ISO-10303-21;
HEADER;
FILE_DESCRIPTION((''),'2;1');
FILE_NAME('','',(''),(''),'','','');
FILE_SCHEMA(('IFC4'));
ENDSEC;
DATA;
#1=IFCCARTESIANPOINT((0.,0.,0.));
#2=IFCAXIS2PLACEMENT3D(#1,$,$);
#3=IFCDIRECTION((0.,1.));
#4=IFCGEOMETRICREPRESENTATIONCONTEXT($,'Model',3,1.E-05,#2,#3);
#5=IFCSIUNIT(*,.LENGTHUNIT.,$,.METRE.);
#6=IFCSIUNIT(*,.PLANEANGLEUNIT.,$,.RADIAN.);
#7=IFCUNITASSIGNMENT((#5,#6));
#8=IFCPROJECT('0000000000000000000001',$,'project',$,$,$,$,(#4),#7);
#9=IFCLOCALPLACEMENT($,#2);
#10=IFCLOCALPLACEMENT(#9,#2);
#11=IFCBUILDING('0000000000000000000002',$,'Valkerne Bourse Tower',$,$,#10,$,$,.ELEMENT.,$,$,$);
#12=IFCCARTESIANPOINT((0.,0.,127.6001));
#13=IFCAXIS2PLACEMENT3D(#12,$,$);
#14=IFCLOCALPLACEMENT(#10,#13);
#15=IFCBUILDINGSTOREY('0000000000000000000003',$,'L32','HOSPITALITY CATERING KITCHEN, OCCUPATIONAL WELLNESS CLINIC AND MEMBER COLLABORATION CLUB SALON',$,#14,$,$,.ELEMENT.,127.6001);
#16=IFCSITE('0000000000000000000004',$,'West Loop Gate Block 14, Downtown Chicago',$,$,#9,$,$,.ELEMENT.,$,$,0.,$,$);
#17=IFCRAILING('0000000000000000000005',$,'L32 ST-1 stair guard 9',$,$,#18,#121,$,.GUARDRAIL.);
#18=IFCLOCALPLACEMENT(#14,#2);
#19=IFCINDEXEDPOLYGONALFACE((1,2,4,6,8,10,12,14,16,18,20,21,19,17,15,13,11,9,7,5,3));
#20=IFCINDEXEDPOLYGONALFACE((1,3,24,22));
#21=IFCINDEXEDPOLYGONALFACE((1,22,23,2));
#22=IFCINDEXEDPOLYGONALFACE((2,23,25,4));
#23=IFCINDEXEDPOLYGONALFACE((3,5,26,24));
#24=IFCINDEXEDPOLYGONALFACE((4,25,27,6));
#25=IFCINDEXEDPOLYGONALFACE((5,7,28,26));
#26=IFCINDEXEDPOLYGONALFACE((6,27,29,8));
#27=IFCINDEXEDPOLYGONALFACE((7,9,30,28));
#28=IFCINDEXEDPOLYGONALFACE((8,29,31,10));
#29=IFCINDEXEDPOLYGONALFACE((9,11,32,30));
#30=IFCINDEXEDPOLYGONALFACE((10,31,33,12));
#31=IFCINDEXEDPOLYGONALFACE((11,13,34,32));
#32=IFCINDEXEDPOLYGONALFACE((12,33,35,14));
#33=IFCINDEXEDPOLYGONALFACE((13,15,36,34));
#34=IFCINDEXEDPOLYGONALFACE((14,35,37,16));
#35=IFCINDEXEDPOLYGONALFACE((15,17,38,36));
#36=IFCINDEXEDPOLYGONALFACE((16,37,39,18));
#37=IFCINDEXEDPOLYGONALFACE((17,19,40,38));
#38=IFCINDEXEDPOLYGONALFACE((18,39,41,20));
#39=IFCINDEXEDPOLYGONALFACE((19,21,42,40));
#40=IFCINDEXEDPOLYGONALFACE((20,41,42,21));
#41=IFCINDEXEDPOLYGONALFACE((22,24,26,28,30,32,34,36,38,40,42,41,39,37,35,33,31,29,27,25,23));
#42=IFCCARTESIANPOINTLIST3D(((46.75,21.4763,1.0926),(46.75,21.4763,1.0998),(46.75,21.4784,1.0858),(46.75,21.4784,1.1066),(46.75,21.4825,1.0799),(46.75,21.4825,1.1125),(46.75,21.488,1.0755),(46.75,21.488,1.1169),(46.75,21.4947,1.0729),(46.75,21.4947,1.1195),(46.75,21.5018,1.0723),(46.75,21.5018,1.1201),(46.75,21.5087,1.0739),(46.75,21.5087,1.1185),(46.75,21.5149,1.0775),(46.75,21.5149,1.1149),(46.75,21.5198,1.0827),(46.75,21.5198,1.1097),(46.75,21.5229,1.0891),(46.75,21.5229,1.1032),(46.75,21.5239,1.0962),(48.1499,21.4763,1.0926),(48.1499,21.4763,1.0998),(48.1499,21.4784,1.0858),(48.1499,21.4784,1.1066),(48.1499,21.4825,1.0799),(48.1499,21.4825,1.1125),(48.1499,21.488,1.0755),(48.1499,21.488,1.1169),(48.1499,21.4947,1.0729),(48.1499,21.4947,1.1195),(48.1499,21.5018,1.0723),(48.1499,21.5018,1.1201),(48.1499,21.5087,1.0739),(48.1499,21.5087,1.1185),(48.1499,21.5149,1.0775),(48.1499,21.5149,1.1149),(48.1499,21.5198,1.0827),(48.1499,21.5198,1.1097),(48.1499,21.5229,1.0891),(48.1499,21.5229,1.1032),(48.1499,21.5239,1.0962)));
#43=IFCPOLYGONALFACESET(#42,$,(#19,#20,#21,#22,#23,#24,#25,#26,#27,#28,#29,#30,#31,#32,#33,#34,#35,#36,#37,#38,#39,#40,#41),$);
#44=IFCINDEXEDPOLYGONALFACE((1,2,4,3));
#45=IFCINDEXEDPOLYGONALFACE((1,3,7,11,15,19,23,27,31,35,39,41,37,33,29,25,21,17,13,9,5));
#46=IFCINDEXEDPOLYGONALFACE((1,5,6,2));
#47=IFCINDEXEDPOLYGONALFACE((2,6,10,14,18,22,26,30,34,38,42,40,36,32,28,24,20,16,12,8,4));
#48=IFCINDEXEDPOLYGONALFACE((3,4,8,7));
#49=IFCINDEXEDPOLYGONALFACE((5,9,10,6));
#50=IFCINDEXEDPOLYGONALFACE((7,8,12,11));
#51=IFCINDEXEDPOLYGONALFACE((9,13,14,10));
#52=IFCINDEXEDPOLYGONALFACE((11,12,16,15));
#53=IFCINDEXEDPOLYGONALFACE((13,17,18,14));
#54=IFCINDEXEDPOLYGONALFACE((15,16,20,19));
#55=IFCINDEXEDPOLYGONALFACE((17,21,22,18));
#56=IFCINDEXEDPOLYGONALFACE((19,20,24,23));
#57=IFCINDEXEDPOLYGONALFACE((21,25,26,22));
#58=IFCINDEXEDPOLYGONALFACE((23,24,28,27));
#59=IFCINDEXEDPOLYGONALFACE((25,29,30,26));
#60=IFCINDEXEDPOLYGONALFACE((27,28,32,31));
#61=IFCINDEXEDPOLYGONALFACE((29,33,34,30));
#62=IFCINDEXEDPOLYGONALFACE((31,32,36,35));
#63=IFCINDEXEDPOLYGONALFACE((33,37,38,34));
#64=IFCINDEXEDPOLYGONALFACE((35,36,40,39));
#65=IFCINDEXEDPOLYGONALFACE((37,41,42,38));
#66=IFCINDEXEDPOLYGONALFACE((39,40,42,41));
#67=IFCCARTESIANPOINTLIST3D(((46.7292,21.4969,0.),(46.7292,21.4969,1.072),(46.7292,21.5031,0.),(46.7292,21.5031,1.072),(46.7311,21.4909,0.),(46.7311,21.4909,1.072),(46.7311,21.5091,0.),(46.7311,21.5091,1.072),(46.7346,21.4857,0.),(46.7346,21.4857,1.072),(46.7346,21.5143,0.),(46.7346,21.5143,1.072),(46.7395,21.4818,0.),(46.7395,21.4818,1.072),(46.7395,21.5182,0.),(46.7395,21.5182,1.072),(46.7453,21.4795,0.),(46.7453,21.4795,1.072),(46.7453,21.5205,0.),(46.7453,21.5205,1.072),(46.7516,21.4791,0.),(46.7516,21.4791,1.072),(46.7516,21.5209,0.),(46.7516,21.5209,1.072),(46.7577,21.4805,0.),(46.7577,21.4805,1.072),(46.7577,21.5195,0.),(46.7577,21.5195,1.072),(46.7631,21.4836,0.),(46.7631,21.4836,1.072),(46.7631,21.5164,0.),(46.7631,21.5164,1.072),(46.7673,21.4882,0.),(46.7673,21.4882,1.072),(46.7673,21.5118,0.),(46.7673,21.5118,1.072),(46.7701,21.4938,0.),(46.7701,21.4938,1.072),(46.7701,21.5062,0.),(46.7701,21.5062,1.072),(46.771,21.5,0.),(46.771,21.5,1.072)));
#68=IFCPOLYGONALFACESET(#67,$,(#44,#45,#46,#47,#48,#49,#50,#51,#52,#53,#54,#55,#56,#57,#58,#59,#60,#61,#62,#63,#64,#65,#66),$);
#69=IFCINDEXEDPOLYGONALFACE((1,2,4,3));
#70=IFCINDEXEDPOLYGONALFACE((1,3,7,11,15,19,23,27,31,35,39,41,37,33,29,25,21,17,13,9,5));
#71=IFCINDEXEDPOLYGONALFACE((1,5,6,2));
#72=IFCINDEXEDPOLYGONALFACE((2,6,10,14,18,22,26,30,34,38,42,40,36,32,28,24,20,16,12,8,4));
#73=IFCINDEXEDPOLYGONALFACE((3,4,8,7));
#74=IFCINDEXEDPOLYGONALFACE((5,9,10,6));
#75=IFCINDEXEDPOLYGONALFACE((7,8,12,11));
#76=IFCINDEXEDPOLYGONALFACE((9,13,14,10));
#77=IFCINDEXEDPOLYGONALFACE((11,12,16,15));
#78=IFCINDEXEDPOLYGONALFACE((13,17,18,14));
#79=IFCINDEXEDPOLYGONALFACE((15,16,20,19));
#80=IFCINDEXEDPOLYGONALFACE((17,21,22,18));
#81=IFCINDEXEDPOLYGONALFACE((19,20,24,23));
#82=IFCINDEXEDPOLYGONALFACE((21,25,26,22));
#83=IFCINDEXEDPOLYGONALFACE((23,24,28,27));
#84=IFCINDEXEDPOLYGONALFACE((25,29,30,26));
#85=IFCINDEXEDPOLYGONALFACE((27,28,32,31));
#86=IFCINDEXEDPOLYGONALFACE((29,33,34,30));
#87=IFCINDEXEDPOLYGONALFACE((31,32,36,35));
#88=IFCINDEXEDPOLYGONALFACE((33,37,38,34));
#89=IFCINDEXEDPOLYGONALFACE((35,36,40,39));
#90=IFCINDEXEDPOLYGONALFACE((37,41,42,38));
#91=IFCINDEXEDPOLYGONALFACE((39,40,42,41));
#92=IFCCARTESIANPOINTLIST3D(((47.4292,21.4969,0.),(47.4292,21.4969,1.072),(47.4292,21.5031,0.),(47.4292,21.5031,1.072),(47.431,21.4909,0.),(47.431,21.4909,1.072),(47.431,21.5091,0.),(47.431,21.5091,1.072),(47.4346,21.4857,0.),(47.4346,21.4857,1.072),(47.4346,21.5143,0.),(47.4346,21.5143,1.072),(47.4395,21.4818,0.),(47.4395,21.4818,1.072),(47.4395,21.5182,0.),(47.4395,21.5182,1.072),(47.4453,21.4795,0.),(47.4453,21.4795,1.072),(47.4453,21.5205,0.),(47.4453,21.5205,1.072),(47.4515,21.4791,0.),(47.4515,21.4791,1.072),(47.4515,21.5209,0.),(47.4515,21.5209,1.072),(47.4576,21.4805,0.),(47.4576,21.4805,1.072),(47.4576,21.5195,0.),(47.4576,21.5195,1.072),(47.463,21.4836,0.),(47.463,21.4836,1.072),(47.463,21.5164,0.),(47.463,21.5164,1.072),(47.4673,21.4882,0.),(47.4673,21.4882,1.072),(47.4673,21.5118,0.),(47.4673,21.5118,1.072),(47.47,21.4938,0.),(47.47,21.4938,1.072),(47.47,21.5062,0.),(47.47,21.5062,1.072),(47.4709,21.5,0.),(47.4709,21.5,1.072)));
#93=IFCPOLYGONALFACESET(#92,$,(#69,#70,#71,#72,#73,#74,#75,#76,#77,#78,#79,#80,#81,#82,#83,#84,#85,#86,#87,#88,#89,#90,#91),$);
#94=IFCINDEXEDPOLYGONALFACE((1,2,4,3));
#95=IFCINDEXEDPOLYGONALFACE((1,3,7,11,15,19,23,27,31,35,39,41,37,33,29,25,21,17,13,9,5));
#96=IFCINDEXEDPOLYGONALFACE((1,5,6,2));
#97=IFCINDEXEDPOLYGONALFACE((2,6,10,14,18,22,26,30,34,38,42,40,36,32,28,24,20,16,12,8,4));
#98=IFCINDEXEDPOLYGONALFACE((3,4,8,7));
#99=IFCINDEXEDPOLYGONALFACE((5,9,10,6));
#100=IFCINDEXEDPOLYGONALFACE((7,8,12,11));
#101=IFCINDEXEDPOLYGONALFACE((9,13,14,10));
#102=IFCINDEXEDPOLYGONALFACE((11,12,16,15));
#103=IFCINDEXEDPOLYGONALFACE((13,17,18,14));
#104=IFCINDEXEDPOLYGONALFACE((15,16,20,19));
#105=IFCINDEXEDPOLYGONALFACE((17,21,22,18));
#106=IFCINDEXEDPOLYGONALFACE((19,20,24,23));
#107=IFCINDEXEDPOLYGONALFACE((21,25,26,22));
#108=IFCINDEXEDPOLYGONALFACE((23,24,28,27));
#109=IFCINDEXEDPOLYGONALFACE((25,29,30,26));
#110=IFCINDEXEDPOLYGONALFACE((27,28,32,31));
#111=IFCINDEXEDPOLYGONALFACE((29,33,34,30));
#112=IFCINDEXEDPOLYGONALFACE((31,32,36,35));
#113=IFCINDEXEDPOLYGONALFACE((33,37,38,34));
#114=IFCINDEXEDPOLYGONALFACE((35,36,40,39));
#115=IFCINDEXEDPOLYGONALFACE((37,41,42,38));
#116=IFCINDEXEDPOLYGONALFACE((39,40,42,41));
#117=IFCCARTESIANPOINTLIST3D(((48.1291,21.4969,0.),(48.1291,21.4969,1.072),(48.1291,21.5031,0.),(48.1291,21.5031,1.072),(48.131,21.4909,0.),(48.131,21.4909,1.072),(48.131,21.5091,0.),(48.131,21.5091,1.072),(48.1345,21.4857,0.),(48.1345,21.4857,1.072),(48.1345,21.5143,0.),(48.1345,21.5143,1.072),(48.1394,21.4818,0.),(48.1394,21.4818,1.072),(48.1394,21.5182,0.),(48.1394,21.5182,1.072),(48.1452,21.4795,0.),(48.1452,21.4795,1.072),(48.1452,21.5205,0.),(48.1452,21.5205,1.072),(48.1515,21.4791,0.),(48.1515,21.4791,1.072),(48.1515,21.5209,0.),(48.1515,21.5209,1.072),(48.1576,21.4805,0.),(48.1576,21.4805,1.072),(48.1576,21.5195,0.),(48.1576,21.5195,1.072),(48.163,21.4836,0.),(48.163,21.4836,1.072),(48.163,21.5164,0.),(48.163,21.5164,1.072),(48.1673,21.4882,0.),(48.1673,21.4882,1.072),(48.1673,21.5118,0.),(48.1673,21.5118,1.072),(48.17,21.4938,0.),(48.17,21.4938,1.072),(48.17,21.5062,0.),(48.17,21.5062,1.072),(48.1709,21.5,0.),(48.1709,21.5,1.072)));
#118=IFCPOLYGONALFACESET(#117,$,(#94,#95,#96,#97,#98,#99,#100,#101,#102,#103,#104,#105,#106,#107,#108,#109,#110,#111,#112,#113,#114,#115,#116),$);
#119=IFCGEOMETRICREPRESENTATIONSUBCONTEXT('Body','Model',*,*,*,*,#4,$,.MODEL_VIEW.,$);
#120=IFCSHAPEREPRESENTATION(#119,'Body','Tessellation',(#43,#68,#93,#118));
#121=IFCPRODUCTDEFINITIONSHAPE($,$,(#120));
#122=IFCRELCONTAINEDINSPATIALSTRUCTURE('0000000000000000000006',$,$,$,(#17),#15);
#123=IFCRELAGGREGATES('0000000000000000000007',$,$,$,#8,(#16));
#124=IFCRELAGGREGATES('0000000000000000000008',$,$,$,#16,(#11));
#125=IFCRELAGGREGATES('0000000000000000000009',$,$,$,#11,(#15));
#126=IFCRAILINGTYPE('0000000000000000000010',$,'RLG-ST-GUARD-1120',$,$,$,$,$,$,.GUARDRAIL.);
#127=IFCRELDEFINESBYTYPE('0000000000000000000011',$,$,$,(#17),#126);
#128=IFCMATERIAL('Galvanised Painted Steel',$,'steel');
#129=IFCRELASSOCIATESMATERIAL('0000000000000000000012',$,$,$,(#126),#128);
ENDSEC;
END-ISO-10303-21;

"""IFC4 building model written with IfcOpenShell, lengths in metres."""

from ifc_helpers import new_model, si_unit, direction, frame, origin, origin_2d, place, context, subcontext, project, spatial, circle, extrude, material, type_object, element, save


model = new_model("IFC4")

# Units and contexts
model_context = context("Model", 3, precision=1e-05, world=origin(), true_north=direction((0.0, 1.0)))
body_context = subcontext(model_context, "Body", "Model", "MODEL_VIEW")
ifc_project = project(units=[si_unit("LENGTHUNIT", "METRE"), si_unit("PLANEANGLEUNIT", "RADIAN")], contexts=[model_context])

# Site, building, storey
site_placement = place(None, origin())
site = spatial("IfcSite", under=ifc_project, at=site_placement, Name="West Loop Gate Block 14, Downtown Chicago", CompositionType="ELEMENT", RefElevation=0.0)
building_placement = place(site_placement, origin())
building = spatial("IfcBuilding", under=site, at=building_placement, Name="Valkerne Bourse Tower", CompositionType="ELEMENT")
storey_placement = place(building_placement, frame((0.0, 0.0, 127.6001)))
storey = spatial("IfcBuildingStorey", under=building, at=storey_placement, Name="L32", Description="HOSPITALITY CATERING KITCHEN, OCCUPATIONAL WELLNESS CLINIC AND MEMBER COLLABORATION CLUB SALON", CompositionType="ELEMENT", Elevation=127.6001)

# Shared definitions
ifc_material_1 = material(Name="Galvanised Painted Steel", Category="steel")

# Railing
railing_type = type_object("IfcRailingType", Name="RLG-ST-GUARD-1120", PredefinedType="GUARDRAIL", material=ifc_material_1)
for number, where, name in (
    (1, (46.75, 21.5, 0.0), "L32 ST-1 stair guard 9"),
):
    element("IfcRailing", number, at=place(storey_placement, frame(where)), inside=storey, type_object=railing_type, Name=name, PredefinedType="GUARDRAIL", context=body_context, shape_type="SweptSolid", body=[
        extrude(circle(Radius=0.0239, at=origin_2d()), frame((0.0, 0.0, 1.0962), z_axis=(1.0, 0.0, 0.0), x_axis=(0.0, 1.0, 0.0)), (0.0, 0.0, 1.0), 1.3999),
        extrude(circle(Radius=0.021, at=origin_2d()), origin(), (0.0, 0.0, 1.0), 1.072),
        extrude(circle(Radius=0.021, at=origin_2d()), frame((0.7, 0.0, 0.0)), (0.0, 0.0, 1.0), 1.072),
        extrude(circle(Radius=0.021, at=origin_2d()), frame((1.3999, 0.0, 0.0)), (0.0, 0.0, 1.0), 1.072),
    ])

save(model, "model.ifc")
